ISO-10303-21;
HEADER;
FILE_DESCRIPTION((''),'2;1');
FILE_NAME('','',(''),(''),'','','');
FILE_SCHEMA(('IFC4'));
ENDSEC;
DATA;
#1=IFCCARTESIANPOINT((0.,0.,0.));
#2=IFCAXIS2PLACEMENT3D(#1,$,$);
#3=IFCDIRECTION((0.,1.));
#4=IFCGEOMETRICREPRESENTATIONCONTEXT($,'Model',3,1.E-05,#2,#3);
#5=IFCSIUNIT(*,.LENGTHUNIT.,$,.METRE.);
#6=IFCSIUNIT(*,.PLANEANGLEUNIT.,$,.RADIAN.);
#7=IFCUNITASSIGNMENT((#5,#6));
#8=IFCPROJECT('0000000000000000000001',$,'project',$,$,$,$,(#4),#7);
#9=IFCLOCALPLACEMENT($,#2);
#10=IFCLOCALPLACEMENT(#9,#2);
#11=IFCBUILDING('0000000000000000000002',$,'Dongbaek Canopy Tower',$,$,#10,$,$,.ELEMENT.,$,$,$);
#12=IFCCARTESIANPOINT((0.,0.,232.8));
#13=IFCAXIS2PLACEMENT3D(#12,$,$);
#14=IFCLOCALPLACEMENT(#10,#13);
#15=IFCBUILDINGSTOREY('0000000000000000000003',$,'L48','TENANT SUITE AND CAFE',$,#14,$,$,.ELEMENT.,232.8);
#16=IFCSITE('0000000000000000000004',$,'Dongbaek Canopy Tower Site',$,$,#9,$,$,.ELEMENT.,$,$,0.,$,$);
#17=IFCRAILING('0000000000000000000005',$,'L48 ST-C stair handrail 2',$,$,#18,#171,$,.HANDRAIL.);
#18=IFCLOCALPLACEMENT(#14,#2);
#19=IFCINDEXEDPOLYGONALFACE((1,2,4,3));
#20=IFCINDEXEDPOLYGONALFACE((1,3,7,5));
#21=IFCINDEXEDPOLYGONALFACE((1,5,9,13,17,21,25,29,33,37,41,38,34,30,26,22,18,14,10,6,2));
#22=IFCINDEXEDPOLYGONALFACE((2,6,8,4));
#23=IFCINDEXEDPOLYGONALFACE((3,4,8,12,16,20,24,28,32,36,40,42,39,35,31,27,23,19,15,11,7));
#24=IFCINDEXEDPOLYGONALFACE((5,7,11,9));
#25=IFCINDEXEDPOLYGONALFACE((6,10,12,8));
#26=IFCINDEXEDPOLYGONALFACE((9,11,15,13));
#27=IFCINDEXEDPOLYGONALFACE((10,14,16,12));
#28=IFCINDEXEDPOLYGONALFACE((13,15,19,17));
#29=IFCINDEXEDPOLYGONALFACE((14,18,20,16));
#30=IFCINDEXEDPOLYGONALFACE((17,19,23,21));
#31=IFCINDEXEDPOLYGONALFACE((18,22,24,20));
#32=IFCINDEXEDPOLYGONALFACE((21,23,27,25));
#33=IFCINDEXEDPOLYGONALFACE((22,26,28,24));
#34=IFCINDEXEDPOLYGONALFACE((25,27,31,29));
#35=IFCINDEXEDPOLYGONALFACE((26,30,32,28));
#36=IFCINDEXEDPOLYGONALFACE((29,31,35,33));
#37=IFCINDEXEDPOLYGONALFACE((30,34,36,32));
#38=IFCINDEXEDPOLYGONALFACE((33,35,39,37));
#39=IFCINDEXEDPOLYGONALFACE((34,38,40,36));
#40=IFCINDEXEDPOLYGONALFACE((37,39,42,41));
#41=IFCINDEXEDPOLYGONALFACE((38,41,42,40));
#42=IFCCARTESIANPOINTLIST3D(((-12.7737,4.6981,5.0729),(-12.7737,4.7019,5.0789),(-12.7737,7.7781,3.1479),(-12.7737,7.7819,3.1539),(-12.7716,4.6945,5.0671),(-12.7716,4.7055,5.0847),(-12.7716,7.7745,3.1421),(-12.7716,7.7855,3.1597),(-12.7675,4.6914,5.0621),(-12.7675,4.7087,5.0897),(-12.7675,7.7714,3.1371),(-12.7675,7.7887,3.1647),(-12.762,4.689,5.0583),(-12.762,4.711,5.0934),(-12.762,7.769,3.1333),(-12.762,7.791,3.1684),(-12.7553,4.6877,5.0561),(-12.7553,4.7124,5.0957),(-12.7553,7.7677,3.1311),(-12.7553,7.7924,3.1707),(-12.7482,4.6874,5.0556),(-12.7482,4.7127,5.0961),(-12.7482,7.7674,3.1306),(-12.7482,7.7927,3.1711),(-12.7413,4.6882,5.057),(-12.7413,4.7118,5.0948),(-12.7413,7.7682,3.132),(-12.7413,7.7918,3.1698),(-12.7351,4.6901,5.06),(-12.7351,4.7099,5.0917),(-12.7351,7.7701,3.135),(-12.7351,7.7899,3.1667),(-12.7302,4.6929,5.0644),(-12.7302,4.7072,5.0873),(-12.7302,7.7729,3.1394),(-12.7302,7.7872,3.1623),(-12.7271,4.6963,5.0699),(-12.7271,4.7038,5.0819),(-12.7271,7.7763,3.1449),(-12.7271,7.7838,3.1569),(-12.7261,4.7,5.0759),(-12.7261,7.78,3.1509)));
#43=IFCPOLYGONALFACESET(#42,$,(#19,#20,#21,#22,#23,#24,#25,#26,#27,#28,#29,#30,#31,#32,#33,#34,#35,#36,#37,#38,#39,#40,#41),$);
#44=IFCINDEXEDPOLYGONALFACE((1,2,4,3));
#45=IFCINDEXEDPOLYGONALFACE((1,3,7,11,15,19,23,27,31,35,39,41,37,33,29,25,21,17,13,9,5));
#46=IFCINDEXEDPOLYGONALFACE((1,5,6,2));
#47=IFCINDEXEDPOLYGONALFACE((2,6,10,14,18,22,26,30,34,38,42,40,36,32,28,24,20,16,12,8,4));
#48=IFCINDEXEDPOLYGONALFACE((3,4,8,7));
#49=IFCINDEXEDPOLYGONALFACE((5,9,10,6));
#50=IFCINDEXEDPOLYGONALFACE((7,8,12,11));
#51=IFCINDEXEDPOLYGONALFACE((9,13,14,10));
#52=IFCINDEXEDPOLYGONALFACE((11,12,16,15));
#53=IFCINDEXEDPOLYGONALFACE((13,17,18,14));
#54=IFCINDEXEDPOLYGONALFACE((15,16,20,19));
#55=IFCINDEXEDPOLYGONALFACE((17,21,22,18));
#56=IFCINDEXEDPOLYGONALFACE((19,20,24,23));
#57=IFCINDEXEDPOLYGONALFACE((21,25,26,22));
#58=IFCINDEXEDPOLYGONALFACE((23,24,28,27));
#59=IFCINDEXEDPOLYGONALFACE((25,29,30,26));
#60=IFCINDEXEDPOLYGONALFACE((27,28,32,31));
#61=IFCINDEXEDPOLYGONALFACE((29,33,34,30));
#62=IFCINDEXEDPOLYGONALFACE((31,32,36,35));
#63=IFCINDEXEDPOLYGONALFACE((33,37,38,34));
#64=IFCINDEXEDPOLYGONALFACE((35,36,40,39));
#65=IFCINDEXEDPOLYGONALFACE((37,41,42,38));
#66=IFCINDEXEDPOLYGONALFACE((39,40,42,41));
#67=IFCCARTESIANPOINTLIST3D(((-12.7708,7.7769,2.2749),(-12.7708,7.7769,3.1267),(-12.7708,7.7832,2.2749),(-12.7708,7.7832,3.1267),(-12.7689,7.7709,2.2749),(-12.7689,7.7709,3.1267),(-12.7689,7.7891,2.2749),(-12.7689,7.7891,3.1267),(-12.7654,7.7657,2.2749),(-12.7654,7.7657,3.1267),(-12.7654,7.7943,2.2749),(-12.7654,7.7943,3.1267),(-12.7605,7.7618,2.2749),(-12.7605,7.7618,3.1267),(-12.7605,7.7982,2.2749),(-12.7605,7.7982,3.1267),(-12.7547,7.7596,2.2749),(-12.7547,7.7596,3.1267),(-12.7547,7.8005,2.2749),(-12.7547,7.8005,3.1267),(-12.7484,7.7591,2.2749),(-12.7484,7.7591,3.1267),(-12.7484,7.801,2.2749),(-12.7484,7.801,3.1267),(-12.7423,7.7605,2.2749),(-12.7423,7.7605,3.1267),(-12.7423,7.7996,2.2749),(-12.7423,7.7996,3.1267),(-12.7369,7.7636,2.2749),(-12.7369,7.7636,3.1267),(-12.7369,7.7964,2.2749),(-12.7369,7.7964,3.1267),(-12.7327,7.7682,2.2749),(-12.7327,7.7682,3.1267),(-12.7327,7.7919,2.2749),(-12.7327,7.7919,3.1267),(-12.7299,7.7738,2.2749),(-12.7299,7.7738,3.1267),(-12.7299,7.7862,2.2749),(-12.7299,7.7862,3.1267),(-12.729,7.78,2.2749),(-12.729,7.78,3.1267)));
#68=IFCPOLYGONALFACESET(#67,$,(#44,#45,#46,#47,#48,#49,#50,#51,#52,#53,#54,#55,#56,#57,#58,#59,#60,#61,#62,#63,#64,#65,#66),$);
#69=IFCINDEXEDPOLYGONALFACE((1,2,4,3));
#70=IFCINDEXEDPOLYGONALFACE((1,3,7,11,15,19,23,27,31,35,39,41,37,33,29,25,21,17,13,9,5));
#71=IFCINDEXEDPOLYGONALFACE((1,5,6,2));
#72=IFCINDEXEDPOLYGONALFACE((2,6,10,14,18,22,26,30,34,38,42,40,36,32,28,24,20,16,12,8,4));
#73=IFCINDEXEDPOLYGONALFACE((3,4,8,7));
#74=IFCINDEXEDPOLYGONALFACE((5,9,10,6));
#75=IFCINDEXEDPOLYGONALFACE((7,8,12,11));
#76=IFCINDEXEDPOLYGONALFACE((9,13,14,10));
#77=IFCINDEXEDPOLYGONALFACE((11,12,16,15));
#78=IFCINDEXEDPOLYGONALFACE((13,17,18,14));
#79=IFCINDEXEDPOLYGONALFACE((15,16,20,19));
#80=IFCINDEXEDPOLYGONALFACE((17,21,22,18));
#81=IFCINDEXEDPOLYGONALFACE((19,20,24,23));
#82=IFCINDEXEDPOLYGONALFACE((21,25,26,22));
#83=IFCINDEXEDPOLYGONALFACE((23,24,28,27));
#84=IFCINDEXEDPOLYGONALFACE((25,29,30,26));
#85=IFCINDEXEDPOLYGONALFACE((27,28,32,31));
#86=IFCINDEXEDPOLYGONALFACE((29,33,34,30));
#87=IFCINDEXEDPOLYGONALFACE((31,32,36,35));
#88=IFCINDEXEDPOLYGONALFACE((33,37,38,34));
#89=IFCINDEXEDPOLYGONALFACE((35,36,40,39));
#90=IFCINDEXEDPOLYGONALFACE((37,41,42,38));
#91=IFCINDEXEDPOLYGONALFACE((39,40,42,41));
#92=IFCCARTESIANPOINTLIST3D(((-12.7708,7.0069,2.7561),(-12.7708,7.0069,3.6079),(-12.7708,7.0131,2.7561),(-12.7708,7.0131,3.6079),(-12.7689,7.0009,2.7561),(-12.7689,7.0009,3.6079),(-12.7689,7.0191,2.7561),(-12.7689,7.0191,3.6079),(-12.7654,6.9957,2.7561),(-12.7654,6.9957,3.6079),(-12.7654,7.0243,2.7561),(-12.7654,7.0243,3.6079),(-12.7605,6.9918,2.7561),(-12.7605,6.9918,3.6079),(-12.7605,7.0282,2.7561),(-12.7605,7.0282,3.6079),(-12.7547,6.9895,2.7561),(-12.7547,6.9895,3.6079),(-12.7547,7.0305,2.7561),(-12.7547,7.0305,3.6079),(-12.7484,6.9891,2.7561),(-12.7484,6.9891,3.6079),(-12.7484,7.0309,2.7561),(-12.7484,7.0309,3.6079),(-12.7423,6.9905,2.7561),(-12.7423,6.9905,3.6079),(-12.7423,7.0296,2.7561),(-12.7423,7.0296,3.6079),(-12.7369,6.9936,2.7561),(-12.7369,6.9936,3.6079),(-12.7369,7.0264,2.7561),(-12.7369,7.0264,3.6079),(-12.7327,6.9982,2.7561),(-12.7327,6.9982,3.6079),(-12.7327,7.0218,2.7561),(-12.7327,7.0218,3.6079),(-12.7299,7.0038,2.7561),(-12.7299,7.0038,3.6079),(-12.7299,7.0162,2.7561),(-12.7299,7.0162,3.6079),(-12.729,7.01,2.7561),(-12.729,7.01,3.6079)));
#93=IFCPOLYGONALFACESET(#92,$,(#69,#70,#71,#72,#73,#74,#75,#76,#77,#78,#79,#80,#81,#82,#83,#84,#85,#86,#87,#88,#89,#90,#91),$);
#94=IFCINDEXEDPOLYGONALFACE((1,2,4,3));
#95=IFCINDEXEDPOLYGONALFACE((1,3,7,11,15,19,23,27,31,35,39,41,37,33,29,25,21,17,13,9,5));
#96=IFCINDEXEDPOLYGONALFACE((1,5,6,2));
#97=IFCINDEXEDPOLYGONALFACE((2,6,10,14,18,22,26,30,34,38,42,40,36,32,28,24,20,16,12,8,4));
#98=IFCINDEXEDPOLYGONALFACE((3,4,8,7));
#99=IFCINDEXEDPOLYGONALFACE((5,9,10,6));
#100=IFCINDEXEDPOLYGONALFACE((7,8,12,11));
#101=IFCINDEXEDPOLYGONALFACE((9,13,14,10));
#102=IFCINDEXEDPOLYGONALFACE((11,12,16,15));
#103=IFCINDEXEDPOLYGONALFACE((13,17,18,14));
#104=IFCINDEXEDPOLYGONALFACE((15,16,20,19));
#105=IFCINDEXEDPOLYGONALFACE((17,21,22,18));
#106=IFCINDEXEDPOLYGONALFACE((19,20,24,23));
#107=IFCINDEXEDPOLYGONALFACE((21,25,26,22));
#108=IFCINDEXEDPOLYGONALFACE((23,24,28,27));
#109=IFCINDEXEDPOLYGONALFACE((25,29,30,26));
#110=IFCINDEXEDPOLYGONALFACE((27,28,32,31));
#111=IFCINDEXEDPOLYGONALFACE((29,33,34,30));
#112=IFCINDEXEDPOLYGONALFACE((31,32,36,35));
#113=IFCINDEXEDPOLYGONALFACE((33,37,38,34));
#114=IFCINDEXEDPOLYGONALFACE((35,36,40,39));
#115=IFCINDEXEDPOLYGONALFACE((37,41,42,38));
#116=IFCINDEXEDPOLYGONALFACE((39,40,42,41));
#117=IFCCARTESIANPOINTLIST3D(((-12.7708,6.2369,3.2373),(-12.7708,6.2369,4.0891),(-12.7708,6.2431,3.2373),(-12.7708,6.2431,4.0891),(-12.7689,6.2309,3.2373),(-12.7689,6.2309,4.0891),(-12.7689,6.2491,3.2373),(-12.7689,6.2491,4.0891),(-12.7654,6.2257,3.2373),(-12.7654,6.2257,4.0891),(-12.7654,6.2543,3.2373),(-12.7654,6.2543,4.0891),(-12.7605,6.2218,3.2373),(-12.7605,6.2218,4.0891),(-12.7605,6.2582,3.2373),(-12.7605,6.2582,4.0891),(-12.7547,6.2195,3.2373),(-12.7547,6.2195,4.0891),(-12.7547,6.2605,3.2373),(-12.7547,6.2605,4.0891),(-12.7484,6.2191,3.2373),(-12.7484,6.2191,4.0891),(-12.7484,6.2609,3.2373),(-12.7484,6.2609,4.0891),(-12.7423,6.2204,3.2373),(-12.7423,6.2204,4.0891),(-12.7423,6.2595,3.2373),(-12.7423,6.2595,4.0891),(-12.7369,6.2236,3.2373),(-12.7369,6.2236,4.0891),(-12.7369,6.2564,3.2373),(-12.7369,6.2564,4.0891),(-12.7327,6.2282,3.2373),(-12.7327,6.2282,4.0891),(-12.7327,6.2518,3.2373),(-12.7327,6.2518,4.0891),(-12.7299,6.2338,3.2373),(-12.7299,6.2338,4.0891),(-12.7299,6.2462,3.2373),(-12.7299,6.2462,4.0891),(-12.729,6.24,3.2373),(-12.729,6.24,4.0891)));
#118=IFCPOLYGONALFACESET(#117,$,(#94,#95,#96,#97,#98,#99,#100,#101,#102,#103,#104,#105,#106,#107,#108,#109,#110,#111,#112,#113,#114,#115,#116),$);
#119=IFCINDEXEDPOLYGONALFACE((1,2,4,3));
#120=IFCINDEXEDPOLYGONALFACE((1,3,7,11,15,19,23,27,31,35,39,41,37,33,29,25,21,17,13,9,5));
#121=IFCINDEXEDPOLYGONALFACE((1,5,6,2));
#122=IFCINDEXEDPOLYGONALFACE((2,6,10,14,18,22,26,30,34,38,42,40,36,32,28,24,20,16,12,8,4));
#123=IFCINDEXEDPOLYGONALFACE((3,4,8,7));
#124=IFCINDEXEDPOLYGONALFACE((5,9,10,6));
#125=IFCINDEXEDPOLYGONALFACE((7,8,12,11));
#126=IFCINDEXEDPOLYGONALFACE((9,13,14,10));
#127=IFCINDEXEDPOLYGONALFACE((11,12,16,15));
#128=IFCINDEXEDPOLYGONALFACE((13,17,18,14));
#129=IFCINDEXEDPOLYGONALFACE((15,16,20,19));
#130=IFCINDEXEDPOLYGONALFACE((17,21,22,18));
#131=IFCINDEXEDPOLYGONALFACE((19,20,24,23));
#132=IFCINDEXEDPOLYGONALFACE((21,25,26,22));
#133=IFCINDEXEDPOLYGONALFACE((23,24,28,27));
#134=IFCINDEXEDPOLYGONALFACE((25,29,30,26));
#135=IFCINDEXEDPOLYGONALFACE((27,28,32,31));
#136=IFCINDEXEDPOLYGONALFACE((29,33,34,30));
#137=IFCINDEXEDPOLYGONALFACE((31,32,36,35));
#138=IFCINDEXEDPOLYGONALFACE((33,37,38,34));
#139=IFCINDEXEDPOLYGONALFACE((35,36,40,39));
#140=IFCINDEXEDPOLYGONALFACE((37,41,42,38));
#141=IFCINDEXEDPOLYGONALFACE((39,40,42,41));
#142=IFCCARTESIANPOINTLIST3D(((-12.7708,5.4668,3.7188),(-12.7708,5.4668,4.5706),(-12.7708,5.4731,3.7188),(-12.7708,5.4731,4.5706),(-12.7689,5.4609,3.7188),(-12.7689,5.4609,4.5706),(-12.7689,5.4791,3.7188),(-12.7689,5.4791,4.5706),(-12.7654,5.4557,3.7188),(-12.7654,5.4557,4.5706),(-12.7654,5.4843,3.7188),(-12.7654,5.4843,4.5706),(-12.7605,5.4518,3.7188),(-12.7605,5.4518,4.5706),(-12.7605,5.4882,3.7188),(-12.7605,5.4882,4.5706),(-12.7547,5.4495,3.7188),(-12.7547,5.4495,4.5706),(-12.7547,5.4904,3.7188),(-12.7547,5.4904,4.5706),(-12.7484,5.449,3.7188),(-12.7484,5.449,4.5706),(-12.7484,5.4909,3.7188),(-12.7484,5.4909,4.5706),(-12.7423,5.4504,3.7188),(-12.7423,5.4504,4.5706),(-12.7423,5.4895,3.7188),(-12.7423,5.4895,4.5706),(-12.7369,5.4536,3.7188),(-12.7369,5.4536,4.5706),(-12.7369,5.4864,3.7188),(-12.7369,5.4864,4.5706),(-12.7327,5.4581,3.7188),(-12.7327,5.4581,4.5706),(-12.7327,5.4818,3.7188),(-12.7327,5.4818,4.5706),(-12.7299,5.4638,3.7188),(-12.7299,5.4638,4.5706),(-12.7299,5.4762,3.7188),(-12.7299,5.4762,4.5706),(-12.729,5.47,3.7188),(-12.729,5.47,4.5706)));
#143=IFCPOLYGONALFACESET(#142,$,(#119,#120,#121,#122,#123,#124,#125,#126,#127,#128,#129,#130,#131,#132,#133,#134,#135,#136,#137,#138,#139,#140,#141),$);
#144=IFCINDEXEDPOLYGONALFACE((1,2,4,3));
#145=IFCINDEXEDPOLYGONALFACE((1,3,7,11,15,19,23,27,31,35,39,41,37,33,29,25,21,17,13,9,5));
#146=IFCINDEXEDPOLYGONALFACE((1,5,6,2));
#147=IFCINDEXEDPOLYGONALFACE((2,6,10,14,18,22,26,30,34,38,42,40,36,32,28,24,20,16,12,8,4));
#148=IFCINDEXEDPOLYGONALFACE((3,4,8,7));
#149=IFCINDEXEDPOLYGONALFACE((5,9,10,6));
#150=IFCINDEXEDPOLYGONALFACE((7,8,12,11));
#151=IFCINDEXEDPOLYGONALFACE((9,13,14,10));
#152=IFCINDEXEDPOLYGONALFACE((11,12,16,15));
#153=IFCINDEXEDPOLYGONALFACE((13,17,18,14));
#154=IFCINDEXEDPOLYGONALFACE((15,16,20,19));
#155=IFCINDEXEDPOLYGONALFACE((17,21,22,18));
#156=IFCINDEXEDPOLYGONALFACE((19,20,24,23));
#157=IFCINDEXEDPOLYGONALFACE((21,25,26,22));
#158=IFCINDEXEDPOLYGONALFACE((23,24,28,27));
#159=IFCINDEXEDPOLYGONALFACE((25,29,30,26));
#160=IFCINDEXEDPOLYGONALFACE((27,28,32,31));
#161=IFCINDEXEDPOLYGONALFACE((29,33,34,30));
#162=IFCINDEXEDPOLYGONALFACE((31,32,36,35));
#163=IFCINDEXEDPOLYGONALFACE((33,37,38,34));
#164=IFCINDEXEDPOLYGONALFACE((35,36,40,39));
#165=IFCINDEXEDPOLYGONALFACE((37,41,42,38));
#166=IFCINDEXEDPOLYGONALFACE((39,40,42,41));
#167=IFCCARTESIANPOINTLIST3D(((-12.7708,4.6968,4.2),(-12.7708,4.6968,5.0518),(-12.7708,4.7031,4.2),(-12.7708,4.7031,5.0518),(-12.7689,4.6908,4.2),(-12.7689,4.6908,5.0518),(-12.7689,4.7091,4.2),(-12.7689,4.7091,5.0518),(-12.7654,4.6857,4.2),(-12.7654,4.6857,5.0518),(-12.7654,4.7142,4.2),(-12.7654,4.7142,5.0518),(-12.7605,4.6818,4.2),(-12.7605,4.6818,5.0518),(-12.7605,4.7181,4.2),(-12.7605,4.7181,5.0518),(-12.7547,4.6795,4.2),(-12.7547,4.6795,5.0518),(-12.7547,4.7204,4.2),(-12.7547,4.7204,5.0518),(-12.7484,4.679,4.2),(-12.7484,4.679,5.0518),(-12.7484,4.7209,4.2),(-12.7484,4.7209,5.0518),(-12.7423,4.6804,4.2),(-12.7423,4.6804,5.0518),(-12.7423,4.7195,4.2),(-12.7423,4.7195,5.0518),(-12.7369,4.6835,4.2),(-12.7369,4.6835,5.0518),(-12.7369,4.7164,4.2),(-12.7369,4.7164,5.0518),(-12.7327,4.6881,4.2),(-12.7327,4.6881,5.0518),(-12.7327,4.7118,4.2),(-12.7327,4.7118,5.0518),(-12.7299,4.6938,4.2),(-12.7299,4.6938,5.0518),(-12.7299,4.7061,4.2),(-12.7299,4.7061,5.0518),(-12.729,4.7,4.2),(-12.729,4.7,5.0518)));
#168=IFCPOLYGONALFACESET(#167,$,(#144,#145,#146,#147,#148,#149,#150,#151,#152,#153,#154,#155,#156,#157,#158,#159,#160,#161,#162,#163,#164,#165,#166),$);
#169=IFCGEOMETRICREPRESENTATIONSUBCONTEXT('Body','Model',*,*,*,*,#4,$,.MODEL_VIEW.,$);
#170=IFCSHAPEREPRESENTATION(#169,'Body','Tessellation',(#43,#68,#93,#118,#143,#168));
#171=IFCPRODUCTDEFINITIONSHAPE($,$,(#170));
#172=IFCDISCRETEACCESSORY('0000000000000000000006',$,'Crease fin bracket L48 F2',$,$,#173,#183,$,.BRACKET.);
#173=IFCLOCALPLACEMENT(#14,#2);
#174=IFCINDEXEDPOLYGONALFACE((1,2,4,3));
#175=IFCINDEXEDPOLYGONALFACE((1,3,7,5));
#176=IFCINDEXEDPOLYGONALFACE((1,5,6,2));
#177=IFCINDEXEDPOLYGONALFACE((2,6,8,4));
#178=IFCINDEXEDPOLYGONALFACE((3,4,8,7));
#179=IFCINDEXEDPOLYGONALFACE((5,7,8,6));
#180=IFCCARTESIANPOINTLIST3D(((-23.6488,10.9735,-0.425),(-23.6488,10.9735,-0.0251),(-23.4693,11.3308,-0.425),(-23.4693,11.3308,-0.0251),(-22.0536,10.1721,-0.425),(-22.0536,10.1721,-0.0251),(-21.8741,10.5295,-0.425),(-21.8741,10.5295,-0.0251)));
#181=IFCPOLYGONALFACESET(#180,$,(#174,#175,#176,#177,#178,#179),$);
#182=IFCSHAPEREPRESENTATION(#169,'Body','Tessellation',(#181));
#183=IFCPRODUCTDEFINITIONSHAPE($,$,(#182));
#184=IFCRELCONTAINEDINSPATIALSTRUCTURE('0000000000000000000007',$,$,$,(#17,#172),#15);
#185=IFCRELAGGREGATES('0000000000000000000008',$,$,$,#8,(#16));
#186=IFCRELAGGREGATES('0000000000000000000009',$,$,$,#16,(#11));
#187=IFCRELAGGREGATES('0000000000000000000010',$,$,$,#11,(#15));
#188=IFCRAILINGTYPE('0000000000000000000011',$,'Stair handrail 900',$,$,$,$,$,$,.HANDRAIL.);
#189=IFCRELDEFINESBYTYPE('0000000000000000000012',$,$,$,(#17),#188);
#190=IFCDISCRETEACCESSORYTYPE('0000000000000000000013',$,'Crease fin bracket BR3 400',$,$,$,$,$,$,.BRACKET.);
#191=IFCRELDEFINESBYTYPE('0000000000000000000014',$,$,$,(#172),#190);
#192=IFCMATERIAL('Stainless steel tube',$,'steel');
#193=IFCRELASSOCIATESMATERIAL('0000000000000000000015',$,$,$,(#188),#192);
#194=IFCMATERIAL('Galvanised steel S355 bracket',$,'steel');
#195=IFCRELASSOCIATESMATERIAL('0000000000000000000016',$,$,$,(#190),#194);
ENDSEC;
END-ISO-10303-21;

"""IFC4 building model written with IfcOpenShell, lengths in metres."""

from ifc_helpers import new_model, si_unit, direction, frame, origin, origin_2d, place, context, subcontext, project, spatial, rectangle, circle, extrude, material, type_object, element, save


model = new_model("IFC4")

# Units and contexts
model_context = context("Model", 3, precision=1e-05, world=origin(), true_north=direction((0.0, 1.0)))
body_context = subcontext(model_context, "Body", "Model", "MODEL_VIEW")
ifc_project = project(units=[si_unit("LENGTHUNIT", "METRE"), si_unit("PLANEANGLEUNIT", "RADIAN")], contexts=[model_context])

# Site, building, storey
site_placement = place(None, origin())
site = spatial("IfcSite", under=ifc_project, at=site_placement, Name="Dongbaek Canopy Tower Site", CompositionType="ELEMENT", RefElevation=0.0)
building_placement = place(site_placement, origin())
building = spatial("IfcBuilding", under=site, at=building_placement, Name="Dongbaek Canopy Tower", CompositionType="ELEMENT")
storey_placement = place(building_placement, frame((0.0, 0.0, 232.8)))
storey = spatial("IfcBuildingStorey", under=building, at=storey_placement, Name="L48", Description="TENANT SUITE AND CAFE", CompositionType="ELEMENT", Elevation=232.8)

# Railing
ifc_material_1 = material(Name="Stainless steel tube", Category="steel")
railing_type_1 = type_object("IfcRailingType", Name="Stair handrail 900", PredefinedType="HANDRAIL", material=ifc_material_1)
railing_1_placement = place(storey_placement, frame((-12.75, 7.78, 2.2749)))
element("IfcRailing", 1, at=railing_1_placement, inside=storey, type_object=railing_type_1, Name="L48 ST-C stair handrail 2", PredefinedType="HANDRAIL", context=body_context, shape_type="SweptSolid", body=[
    extrude(circle(Radius=0.0239, at=origin_2d()), frame((0.0, 0.0, 0.876), z_axis=(0.0, -0.847998, 0.529999), x_axis=(1.0, 0.0, 0.0)), (0.0, 0.0, 1.0), 3.6321),
    extrude(circle(Radius=0.021, at=origin_2d()), origin(), (0.0, 0.0, 1.0), 0.8518),
    extrude(circle(Radius=0.021, at=origin_2d()), frame((0.0, -0.77, 0.4812)), (0.0, 0.0, 1.0), 0.8518),
    extrude(circle(Radius=0.021, at=origin_2d()), frame((0.0, -1.54, 0.9624)), (0.0, 0.0, 1.0), 0.8518),
    extrude(circle(Radius=0.021, at=origin_2d()), frame((0.0, -2.3101, 1.4438)), (0.0, 0.0, 1.0), 0.8518),
    extrude(circle(Radius=0.021, at=origin_2d()), frame((0.0, -3.0801, 1.925)), (0.0, 0.0, 1.0), 0.8518),
])

# Discrete accessory
ifc_material_2 = material(Name="Galvanised steel S355 bracket", Category="steel")
discrete_accessory_type = type_object("IfcDiscreteAccessoryType", Name="Crease fin bracket BR3 400", PredefinedType="BRACKET", material=ifc_material_2)
discrete_accessory_placement = place(storey_placement, frame((-22.7615, 10.7515, -0.425), z_axis=(0.0, 0.0, 1.0), x_axis=(-0.893578, 0.448909, 0.0)))
element("IfcDiscreteAccessory", 2, at=discrete_accessory_placement, inside=storey, type_object=discrete_accessory_type, Name="Crease fin bracket L48 F2", PredefinedType="BRACKET", context=body_context, shape_type="SweptSolid", body=[
    extrude(rectangle(XDim=1.7852, YDim=0.3999, at=origin_2d()), origin(), (0.0, 0.0, 1.0), 0.3999),
])

save(model, "model.ifc")
